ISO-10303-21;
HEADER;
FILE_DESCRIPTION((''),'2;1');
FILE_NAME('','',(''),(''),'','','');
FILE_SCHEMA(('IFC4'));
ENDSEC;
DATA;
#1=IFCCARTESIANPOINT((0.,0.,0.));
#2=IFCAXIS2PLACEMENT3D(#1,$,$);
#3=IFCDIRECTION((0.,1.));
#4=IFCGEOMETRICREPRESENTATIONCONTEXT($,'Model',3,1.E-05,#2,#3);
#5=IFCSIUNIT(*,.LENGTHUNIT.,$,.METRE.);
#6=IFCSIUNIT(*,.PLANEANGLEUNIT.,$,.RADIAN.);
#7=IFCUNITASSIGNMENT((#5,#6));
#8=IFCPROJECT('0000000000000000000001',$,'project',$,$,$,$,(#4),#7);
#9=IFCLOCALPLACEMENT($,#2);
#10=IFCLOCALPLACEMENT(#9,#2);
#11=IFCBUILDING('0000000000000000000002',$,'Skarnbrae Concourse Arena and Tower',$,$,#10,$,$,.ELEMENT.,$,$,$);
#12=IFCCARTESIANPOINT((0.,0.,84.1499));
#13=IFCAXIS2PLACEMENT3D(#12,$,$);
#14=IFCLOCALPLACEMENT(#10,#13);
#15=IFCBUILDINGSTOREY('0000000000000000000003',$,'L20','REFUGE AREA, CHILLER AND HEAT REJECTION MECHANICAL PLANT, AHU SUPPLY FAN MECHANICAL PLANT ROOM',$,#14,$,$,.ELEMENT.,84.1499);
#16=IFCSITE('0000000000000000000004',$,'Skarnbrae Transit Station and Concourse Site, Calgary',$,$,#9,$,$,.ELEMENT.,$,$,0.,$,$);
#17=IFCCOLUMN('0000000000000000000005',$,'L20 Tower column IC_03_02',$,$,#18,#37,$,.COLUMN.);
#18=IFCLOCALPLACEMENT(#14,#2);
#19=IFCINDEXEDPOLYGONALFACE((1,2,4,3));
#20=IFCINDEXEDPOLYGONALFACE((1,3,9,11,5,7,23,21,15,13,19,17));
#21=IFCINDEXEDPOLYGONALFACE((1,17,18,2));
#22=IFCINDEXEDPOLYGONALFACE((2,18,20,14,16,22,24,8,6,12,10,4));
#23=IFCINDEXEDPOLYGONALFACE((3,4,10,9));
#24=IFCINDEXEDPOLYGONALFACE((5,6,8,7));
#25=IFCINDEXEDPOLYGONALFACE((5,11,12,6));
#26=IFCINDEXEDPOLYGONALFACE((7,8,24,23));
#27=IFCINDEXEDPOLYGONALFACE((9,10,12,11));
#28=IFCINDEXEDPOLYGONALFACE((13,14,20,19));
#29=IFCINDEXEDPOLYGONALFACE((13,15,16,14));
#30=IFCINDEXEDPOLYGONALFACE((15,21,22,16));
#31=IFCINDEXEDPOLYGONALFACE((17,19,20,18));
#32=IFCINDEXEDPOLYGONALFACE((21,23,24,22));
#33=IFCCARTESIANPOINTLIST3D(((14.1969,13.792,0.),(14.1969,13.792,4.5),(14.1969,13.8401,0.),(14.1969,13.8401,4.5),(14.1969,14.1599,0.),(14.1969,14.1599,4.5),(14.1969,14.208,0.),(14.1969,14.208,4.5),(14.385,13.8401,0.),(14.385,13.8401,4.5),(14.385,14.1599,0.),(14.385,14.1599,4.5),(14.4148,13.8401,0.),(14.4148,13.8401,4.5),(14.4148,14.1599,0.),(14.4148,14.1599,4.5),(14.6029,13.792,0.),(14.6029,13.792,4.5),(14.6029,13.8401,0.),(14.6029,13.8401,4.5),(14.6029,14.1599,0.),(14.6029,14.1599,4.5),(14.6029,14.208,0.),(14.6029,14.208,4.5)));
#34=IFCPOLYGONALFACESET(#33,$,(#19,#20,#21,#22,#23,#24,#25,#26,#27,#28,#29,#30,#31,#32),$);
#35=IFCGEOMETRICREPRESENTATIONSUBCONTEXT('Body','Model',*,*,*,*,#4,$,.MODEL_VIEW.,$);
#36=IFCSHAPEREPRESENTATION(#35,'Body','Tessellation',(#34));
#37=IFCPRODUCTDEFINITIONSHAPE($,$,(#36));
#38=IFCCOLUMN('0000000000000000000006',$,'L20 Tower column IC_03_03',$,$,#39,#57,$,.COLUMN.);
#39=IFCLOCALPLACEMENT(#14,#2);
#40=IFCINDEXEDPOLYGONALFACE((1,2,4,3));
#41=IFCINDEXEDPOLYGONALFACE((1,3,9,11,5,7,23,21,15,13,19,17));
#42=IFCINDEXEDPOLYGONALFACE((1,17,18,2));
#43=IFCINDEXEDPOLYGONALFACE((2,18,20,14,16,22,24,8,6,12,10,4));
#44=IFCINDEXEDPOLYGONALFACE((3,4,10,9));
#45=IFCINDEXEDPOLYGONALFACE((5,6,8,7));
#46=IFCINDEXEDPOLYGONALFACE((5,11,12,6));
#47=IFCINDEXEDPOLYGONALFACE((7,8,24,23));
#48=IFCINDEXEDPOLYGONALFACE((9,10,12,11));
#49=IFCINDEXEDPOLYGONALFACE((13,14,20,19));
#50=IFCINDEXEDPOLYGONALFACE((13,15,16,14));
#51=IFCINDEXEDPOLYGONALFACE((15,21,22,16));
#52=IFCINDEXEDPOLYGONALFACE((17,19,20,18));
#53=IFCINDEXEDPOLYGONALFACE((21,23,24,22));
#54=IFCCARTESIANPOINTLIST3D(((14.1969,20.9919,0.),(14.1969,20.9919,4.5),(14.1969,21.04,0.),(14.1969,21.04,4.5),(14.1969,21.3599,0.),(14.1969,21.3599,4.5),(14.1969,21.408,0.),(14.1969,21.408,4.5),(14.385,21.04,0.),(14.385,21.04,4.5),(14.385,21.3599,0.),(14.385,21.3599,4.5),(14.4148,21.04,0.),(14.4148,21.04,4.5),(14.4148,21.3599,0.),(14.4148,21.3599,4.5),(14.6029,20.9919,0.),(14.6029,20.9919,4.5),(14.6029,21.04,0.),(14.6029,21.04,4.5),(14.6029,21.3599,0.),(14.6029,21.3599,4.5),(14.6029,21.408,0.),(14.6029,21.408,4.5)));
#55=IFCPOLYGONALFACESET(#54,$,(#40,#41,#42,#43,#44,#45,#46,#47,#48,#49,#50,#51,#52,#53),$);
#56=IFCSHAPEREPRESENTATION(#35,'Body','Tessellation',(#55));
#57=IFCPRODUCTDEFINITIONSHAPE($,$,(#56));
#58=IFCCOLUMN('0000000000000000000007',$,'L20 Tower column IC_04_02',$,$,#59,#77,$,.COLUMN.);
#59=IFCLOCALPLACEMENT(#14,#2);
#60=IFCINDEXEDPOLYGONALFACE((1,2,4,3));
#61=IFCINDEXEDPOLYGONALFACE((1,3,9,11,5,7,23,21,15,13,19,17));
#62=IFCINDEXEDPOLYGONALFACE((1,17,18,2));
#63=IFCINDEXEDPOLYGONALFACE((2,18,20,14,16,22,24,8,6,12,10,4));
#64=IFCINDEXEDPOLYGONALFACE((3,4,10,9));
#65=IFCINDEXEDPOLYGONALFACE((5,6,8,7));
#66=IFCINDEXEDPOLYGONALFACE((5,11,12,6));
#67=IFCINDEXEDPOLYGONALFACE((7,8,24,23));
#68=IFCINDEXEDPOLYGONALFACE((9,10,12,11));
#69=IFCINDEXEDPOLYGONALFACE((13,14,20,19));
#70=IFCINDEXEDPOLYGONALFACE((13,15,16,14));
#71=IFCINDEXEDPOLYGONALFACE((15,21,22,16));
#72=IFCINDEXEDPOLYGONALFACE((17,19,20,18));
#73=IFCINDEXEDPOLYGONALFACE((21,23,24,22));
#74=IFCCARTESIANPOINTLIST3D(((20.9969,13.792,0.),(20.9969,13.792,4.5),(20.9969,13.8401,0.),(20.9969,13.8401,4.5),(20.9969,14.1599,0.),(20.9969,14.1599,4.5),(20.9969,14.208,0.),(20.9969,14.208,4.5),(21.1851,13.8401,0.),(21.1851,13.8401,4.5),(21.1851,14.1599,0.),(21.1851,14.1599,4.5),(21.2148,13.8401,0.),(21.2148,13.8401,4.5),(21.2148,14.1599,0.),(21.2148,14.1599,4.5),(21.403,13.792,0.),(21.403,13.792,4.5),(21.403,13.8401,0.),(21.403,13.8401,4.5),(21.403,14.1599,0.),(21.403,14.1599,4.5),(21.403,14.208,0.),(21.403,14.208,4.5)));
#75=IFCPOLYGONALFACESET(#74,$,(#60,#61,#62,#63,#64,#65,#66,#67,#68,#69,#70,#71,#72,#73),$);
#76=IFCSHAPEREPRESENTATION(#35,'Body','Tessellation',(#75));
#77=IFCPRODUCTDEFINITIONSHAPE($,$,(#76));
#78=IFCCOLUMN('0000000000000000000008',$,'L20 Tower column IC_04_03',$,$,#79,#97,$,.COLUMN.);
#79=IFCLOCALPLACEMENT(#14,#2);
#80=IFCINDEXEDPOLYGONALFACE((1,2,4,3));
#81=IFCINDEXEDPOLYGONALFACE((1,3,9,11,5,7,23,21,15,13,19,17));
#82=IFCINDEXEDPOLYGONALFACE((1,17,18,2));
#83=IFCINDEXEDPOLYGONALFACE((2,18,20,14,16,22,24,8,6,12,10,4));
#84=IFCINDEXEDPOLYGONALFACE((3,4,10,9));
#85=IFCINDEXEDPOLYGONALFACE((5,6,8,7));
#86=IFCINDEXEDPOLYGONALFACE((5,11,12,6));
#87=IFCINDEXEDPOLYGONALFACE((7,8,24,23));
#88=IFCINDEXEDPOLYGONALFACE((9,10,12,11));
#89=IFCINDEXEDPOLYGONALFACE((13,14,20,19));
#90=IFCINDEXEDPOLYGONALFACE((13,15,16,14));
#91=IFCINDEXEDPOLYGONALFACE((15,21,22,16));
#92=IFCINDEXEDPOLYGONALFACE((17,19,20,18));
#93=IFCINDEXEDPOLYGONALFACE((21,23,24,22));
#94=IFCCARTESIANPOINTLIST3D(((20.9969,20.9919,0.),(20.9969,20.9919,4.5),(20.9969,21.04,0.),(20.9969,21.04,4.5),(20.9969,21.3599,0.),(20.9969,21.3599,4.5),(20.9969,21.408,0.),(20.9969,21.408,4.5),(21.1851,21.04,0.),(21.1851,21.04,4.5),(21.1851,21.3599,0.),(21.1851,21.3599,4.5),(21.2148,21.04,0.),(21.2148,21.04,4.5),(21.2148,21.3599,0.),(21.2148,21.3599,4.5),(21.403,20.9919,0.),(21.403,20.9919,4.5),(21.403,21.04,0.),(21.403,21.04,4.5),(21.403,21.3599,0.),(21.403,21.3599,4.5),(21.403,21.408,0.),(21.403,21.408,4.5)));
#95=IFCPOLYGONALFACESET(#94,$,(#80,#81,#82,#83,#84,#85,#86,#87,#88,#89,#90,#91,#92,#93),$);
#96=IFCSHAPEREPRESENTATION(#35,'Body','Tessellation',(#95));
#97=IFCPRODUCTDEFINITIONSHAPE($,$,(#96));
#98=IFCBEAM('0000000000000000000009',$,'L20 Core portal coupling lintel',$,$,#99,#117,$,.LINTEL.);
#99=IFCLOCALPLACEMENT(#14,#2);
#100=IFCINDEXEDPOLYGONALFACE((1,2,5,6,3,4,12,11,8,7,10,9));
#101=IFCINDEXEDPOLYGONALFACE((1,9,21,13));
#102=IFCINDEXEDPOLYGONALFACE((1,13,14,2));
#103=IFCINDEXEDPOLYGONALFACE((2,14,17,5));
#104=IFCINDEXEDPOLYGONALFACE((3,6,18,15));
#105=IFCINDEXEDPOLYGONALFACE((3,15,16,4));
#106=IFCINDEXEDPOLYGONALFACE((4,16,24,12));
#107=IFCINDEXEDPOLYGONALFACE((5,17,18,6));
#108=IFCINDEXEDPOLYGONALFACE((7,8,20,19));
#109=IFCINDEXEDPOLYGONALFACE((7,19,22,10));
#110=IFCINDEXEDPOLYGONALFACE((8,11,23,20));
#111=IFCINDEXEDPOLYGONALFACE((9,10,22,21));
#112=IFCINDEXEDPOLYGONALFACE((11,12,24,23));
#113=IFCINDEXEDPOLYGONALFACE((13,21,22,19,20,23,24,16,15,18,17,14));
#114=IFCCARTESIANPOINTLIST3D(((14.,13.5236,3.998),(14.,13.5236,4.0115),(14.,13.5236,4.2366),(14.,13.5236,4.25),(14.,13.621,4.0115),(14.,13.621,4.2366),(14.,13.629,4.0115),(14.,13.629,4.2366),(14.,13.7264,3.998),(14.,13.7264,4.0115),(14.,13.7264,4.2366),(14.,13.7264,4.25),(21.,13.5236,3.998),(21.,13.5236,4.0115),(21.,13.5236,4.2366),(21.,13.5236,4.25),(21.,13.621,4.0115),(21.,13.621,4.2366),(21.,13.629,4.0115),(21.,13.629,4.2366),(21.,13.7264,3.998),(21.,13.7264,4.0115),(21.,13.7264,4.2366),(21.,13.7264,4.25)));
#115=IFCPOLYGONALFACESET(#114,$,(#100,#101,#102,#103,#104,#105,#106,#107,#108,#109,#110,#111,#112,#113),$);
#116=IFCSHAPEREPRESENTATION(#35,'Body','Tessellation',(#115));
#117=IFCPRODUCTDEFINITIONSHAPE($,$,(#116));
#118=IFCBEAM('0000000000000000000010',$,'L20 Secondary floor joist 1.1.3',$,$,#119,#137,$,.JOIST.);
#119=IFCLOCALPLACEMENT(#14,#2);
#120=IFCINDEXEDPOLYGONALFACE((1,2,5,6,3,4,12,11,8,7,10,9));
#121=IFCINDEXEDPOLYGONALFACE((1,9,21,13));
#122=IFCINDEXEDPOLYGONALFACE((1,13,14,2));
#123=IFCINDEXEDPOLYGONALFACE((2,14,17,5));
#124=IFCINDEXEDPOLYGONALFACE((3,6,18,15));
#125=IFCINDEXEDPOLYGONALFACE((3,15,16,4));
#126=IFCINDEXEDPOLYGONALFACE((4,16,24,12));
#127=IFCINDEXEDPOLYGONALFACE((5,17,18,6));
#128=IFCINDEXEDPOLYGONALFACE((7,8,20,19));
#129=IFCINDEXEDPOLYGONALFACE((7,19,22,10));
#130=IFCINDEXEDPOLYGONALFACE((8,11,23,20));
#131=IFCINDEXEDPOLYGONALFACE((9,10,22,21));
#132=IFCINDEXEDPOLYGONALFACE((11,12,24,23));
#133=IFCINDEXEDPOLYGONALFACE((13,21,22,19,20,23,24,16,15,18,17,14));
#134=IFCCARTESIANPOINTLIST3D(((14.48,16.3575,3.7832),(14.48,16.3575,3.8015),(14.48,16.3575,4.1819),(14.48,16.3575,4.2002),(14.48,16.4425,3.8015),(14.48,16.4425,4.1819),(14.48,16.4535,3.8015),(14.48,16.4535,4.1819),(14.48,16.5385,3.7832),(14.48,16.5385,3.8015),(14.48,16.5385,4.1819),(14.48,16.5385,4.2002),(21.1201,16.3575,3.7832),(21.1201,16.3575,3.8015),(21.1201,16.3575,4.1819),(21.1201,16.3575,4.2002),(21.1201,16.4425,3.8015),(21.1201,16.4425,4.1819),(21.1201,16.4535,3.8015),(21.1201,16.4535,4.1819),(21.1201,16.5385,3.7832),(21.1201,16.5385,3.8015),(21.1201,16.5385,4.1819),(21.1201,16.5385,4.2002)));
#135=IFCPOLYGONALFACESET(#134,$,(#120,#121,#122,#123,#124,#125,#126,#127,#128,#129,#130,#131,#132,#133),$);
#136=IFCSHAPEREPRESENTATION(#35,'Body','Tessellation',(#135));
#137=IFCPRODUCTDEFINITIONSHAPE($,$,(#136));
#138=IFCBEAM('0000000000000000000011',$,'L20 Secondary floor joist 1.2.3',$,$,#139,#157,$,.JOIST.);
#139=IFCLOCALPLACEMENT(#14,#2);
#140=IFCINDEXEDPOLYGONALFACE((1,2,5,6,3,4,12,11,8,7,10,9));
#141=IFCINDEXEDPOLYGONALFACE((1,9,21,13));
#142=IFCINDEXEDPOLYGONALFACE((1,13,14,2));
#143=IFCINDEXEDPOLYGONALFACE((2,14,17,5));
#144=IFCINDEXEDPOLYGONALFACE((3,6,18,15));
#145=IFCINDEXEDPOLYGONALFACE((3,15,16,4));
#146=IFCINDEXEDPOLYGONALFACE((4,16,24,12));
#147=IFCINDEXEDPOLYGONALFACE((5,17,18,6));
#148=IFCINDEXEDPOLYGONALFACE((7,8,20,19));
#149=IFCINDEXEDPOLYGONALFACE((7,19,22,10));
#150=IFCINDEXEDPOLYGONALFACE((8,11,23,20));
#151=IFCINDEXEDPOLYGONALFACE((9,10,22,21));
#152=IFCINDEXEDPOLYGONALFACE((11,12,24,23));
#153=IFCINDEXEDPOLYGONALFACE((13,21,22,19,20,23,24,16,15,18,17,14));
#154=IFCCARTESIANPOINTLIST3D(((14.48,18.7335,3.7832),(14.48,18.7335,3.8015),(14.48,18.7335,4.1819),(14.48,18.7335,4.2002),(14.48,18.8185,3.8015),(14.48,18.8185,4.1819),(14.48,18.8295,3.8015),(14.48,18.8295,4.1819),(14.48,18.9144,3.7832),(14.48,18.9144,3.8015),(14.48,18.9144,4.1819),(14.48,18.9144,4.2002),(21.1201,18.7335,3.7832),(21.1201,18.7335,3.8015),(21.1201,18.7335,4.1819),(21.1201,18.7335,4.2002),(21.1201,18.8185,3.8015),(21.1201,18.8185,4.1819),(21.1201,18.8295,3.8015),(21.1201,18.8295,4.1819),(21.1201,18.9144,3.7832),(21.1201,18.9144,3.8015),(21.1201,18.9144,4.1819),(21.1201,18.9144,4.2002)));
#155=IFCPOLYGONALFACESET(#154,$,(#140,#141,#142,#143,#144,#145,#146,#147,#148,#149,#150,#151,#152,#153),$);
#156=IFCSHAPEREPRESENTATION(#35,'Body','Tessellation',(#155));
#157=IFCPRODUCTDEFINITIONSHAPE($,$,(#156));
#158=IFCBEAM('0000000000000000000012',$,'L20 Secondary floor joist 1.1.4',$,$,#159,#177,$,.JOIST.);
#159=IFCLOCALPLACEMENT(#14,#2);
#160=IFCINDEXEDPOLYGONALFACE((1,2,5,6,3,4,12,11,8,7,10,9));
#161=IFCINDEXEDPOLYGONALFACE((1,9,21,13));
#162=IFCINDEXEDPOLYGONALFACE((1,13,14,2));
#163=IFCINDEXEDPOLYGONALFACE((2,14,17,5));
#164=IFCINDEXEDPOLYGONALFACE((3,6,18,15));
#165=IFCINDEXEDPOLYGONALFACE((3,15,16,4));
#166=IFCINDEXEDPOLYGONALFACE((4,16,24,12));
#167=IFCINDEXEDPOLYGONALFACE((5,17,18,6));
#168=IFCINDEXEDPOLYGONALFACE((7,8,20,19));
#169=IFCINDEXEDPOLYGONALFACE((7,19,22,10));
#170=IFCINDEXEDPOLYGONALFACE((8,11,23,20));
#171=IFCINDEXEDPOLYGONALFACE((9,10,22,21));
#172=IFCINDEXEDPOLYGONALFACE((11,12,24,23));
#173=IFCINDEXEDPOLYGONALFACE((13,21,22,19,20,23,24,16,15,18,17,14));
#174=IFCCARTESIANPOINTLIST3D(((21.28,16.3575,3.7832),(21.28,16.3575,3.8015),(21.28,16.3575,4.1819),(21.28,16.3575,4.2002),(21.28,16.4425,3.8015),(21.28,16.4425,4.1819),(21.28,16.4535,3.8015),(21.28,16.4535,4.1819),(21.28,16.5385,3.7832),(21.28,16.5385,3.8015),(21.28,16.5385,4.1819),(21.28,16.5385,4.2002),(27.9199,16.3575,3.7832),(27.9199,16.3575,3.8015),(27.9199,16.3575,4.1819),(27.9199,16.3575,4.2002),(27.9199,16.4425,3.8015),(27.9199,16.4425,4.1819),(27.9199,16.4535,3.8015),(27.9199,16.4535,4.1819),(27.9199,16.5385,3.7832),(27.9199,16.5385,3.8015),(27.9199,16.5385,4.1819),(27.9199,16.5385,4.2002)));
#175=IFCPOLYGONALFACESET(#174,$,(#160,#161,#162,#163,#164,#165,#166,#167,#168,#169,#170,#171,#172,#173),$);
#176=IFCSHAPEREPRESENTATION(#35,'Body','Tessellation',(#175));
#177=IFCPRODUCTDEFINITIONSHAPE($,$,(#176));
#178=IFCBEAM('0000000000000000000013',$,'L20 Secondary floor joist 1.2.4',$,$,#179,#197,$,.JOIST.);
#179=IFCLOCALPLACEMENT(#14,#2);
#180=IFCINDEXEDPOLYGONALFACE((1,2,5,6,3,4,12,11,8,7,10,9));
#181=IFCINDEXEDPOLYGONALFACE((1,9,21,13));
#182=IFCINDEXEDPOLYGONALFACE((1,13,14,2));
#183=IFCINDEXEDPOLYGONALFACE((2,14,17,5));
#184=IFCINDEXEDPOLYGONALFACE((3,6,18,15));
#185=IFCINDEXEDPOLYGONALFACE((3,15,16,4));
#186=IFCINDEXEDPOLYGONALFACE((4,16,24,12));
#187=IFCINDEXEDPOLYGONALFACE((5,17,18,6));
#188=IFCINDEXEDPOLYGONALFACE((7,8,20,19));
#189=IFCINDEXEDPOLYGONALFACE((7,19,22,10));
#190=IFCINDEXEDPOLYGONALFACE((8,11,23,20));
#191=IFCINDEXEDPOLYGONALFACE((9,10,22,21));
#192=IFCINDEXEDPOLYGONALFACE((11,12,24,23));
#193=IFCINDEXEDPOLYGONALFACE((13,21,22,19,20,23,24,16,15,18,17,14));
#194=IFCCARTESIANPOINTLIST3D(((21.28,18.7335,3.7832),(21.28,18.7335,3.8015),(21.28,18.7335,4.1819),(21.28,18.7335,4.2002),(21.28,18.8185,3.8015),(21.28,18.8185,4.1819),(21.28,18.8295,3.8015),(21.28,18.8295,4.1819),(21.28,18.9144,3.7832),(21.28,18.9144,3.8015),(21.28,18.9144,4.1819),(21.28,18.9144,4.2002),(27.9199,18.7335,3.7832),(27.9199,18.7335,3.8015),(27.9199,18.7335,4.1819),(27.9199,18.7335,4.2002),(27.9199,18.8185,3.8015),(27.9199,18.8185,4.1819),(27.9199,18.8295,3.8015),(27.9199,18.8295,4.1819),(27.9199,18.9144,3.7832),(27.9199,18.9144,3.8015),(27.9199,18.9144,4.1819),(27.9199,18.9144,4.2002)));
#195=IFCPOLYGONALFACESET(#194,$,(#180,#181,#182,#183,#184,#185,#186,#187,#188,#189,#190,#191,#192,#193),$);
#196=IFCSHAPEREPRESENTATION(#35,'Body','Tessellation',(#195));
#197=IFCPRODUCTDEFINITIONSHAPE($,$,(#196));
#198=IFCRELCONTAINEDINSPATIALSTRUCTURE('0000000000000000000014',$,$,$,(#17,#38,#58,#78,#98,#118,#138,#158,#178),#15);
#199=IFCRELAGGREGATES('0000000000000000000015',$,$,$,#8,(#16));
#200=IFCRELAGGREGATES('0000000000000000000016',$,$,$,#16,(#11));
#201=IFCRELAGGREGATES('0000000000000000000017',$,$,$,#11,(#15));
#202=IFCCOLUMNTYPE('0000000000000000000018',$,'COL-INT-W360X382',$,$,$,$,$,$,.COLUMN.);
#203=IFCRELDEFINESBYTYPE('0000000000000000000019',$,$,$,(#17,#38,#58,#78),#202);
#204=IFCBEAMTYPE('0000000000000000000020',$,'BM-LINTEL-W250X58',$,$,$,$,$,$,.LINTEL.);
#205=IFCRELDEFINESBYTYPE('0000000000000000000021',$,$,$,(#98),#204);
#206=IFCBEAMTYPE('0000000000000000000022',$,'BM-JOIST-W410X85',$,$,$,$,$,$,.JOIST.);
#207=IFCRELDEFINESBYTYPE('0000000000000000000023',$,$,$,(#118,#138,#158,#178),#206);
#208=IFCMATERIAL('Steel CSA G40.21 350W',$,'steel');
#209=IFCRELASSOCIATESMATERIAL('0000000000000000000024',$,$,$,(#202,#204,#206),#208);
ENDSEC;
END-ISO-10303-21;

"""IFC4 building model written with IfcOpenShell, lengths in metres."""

from ifc_helpers import new_model, si_unit, direction, frame, origin, origin_2d, place, context, subcontext, project, spatial, i_section, extrude, source, transform, mapped, material, material_profile, profile_set, type_object, element, save


model = new_model("IFC4")

# Units and contexts
model_context = context("Model", 3, precision=1e-05, world=origin(), true_north=direction((0.0, 1.0)))
body_context = subcontext(model_context, "Body", "Model", "MODEL_VIEW")
ifc_project = project(units=[si_unit("LENGTHUNIT", "METRE"), si_unit("PLANEANGLEUNIT", "RADIAN")], contexts=[model_context])

# Site, building, storey
site_placement = place(None, origin())
site = spatial("IfcSite", under=ifc_project, at=site_placement, Name="Skarnbrae Transit Station and Concourse Site, Calgary", CompositionType="ELEMENT", RefElevation=0.0)
building_placement = place(site_placement, origin())
building = spatial("IfcBuilding", under=site, at=building_placement, Name="Skarnbrae Concourse Arena and Tower", CompositionType="ELEMENT")
storey_placement = place(building_placement, frame((0.0, 0.0, 84.1499)))
storey = spatial("IfcBuildingStorey", under=building, at=storey_placement, Name="L20", Description="REFUGE AREA, CHILLER AND HEAT REJECTION MECHANICAL PLANT, AHU SUPPLY FAN MECHANICAL PLANT ROOM", CompositionType="ELEMENT", Elevation=84.1499)

# Columns
ifc_material_1 = material(Name="Steel CSA G40.21 350W", Category="steel")
ifc_material_profile_1 = material_profile(ifc_material_1, i_section(OverallWidth=0.406, OverallDepth=0.416, WebThickness=0.0298, FlangeThickness=0.0481, at=origin_2d()), Name="W360X382")
ifc_profile_set_1 = profile_set([ifc_material_profile_1], Name="Steel CSA G40.21 350W")
column_type = type_object("IfcColumnType", Name="COL-INT-W360X382", PredefinedType="COLUMN", material=ifc_profile_set_1)
shared_shape_1 = source(origin(), body_context, "Body", "SweptSolid", [
    extrude(i_section(OverallWidth=0.406, OverallDepth=0.416, WebThickness=0.0298, FlangeThickness=0.0481, at=origin_2d()), origin(), (0.0, 0.0, 1.0), 4.5),
])
for number, where, z_axis, x_axis, name in (
    (1, (14.3999, 14.0, 0.0), (0.0, 0.0, 1.0), (1.0, 0.0, 0.0), "L20 Tower column IC_03_02"),
    (2, (14.3999, 21.2, 0.0), (0.0, 0.0, 1.0), (1.0, 0.0, 0.0), "L20 Tower column IC_03_03"),
    (3, (21.2, 14.0, 0.0), (0.0, 0.0, 1.0), (1.0, 0.0, 0.0), "L20 Tower column IC_04_02"),
    (4, (21.2, 21.2, 0.0), (0.0, 0.0, 1.0), (1.0, 0.0, 0.0), "L20 Tower column IC_04_03"),
):
    element("IfcColumn", number, at=place(storey_placement, frame(where, z_axis=z_axis, x_axis=x_axis)), inside=storey, type_object=column_type, Name=name, PredefinedType="COLUMN", context=body_context, shape_type="MappedRepresentation", body=[
        mapped(shared_shape_1, transform((0.0, 0.0, 0.0))),
    ])

# Beams
ifc_material_profile_2 = material_profile(ifc_material_1, i_section(OverallWidth=0.2029, OverallDepth=0.252, WebThickness=0.0081, FlangeThickness=0.0134, at=origin_2d()), Name="W250X58")
ifc_profile_set_2 = profile_set([ifc_material_profile_2], Name="Steel CSA G40.21 350W")
beam_type_1 = type_object("IfcBeamType", Name="BM-LINTEL-W250X58", PredefinedType="LINTEL", material=ifc_profile_set_2)
shared_shape_2 = source(origin(), body_context, "Body", "SweptSolid", [
    extrude(i_section(OverallWidth=0.2029, OverallDepth=0.252, WebThickness=0.0081, FlangeThickness=0.0134, at=origin_2d()), origin(), (0.0, 0.0, 1.0), 7.0),
])
beam_1_placement = place(storey_placement, frame((14.0, 13.625, 4.124), z_axis=(1.0, 0.0, 0.0), x_axis=(0.0, 1.0, 0.0)))
element("IfcBeam", 5, at=beam_1_placement, inside=storey, type_object=beam_type_1, Name="L20 Core portal coupling lintel", PredefinedType="LINTEL", context=body_context, shape_type="MappedRepresentation", body=[
    mapped(shared_shape_2, transform((0.0, 0.0, 0.0))),
])
ifc_material_profile_3 = material_profile(ifc_material_1, i_section(OverallWidth=0.1809, OverallDepth=0.417, WebThickness=0.011, FlangeThickness=0.0183, at=origin_2d()), Name="W410X85")
ifc_profile_set_3 = profile_set([ifc_material_profile_3], Name="Steel CSA G40.21 350W")
beam_type_2 = type_object("IfcBeamType", Name="BM-JOIST-W410X85", PredefinedType="JOIST", material=ifc_profile_set_3)
shared_shape_3 = source(origin(), body_context, "Body", "SweptSolid", [
    extrude(i_section(OverallWidth=0.1809, OverallDepth=0.417, WebThickness=0.011, FlangeThickness=0.0183, at=origin_2d()), origin(), (0.0, 0.0, 1.0), 6.6401),
])
for number, where, z_axis, x_axis, name in (
    (6, (14.48, 16.448, 3.9917), (1.0, 0.0, 0.0), (0.0, 1.0, 0.0), "L20 Secondary floor joist 1.1.3"),
    (7, (14.48, 18.824, 3.9917), (1.0, 0.0, 0.0), (0.0, 1.0, 0.0), "L20 Secondary floor joist 1.2.3"),
):
    element("IfcBeam", number, at=place(storey_placement, frame(where, z_axis=z_axis, x_axis=x_axis)), inside=storey, type_object=beam_type_2, Name=name, PredefinedType="JOIST", context=body_context, shape_type="MappedRepresentation", body=[
        mapped(shared_shape_3, transform((0.0, 0.0, 0.0))),
    ])
shared_shape_4 = source(origin(), body_context, "Body", "SweptSolid", [
    extrude(i_section(OverallWidth=0.1809, OverallDepth=0.417, WebThickness=0.011, FlangeThickness=0.0183, at=origin_2d()), origin(), (0.0, 0.0, 1.0), 6.6399),
])
for number, where, z_axis, x_axis, name in (
    (8, (21.28, 16.448, 3.9917), (1.0, 0.0, 0.0), (0.0, 1.0, 0.0), "L20 Secondary floor joist 1.1.4"),
    (9, (21.28, 18.824, 3.9917), (1.0, 0.0, 0.0), (0.0, 1.0, 0.0), "L20 Secondary floor joist 1.2.4"),
):
    element("IfcBeam", number, at=place(storey_placement, frame(where, z_axis=z_axis, x_axis=x_axis)), inside=storey, type_object=beam_type_2, Name=name, PredefinedType="JOIST", context=body_context, shape_type="MappedRepresentation", body=[
        mapped(shared_shape_4, transform((0.0, 0.0, 0.0))),
    ])

save(model, "model.ifc")
